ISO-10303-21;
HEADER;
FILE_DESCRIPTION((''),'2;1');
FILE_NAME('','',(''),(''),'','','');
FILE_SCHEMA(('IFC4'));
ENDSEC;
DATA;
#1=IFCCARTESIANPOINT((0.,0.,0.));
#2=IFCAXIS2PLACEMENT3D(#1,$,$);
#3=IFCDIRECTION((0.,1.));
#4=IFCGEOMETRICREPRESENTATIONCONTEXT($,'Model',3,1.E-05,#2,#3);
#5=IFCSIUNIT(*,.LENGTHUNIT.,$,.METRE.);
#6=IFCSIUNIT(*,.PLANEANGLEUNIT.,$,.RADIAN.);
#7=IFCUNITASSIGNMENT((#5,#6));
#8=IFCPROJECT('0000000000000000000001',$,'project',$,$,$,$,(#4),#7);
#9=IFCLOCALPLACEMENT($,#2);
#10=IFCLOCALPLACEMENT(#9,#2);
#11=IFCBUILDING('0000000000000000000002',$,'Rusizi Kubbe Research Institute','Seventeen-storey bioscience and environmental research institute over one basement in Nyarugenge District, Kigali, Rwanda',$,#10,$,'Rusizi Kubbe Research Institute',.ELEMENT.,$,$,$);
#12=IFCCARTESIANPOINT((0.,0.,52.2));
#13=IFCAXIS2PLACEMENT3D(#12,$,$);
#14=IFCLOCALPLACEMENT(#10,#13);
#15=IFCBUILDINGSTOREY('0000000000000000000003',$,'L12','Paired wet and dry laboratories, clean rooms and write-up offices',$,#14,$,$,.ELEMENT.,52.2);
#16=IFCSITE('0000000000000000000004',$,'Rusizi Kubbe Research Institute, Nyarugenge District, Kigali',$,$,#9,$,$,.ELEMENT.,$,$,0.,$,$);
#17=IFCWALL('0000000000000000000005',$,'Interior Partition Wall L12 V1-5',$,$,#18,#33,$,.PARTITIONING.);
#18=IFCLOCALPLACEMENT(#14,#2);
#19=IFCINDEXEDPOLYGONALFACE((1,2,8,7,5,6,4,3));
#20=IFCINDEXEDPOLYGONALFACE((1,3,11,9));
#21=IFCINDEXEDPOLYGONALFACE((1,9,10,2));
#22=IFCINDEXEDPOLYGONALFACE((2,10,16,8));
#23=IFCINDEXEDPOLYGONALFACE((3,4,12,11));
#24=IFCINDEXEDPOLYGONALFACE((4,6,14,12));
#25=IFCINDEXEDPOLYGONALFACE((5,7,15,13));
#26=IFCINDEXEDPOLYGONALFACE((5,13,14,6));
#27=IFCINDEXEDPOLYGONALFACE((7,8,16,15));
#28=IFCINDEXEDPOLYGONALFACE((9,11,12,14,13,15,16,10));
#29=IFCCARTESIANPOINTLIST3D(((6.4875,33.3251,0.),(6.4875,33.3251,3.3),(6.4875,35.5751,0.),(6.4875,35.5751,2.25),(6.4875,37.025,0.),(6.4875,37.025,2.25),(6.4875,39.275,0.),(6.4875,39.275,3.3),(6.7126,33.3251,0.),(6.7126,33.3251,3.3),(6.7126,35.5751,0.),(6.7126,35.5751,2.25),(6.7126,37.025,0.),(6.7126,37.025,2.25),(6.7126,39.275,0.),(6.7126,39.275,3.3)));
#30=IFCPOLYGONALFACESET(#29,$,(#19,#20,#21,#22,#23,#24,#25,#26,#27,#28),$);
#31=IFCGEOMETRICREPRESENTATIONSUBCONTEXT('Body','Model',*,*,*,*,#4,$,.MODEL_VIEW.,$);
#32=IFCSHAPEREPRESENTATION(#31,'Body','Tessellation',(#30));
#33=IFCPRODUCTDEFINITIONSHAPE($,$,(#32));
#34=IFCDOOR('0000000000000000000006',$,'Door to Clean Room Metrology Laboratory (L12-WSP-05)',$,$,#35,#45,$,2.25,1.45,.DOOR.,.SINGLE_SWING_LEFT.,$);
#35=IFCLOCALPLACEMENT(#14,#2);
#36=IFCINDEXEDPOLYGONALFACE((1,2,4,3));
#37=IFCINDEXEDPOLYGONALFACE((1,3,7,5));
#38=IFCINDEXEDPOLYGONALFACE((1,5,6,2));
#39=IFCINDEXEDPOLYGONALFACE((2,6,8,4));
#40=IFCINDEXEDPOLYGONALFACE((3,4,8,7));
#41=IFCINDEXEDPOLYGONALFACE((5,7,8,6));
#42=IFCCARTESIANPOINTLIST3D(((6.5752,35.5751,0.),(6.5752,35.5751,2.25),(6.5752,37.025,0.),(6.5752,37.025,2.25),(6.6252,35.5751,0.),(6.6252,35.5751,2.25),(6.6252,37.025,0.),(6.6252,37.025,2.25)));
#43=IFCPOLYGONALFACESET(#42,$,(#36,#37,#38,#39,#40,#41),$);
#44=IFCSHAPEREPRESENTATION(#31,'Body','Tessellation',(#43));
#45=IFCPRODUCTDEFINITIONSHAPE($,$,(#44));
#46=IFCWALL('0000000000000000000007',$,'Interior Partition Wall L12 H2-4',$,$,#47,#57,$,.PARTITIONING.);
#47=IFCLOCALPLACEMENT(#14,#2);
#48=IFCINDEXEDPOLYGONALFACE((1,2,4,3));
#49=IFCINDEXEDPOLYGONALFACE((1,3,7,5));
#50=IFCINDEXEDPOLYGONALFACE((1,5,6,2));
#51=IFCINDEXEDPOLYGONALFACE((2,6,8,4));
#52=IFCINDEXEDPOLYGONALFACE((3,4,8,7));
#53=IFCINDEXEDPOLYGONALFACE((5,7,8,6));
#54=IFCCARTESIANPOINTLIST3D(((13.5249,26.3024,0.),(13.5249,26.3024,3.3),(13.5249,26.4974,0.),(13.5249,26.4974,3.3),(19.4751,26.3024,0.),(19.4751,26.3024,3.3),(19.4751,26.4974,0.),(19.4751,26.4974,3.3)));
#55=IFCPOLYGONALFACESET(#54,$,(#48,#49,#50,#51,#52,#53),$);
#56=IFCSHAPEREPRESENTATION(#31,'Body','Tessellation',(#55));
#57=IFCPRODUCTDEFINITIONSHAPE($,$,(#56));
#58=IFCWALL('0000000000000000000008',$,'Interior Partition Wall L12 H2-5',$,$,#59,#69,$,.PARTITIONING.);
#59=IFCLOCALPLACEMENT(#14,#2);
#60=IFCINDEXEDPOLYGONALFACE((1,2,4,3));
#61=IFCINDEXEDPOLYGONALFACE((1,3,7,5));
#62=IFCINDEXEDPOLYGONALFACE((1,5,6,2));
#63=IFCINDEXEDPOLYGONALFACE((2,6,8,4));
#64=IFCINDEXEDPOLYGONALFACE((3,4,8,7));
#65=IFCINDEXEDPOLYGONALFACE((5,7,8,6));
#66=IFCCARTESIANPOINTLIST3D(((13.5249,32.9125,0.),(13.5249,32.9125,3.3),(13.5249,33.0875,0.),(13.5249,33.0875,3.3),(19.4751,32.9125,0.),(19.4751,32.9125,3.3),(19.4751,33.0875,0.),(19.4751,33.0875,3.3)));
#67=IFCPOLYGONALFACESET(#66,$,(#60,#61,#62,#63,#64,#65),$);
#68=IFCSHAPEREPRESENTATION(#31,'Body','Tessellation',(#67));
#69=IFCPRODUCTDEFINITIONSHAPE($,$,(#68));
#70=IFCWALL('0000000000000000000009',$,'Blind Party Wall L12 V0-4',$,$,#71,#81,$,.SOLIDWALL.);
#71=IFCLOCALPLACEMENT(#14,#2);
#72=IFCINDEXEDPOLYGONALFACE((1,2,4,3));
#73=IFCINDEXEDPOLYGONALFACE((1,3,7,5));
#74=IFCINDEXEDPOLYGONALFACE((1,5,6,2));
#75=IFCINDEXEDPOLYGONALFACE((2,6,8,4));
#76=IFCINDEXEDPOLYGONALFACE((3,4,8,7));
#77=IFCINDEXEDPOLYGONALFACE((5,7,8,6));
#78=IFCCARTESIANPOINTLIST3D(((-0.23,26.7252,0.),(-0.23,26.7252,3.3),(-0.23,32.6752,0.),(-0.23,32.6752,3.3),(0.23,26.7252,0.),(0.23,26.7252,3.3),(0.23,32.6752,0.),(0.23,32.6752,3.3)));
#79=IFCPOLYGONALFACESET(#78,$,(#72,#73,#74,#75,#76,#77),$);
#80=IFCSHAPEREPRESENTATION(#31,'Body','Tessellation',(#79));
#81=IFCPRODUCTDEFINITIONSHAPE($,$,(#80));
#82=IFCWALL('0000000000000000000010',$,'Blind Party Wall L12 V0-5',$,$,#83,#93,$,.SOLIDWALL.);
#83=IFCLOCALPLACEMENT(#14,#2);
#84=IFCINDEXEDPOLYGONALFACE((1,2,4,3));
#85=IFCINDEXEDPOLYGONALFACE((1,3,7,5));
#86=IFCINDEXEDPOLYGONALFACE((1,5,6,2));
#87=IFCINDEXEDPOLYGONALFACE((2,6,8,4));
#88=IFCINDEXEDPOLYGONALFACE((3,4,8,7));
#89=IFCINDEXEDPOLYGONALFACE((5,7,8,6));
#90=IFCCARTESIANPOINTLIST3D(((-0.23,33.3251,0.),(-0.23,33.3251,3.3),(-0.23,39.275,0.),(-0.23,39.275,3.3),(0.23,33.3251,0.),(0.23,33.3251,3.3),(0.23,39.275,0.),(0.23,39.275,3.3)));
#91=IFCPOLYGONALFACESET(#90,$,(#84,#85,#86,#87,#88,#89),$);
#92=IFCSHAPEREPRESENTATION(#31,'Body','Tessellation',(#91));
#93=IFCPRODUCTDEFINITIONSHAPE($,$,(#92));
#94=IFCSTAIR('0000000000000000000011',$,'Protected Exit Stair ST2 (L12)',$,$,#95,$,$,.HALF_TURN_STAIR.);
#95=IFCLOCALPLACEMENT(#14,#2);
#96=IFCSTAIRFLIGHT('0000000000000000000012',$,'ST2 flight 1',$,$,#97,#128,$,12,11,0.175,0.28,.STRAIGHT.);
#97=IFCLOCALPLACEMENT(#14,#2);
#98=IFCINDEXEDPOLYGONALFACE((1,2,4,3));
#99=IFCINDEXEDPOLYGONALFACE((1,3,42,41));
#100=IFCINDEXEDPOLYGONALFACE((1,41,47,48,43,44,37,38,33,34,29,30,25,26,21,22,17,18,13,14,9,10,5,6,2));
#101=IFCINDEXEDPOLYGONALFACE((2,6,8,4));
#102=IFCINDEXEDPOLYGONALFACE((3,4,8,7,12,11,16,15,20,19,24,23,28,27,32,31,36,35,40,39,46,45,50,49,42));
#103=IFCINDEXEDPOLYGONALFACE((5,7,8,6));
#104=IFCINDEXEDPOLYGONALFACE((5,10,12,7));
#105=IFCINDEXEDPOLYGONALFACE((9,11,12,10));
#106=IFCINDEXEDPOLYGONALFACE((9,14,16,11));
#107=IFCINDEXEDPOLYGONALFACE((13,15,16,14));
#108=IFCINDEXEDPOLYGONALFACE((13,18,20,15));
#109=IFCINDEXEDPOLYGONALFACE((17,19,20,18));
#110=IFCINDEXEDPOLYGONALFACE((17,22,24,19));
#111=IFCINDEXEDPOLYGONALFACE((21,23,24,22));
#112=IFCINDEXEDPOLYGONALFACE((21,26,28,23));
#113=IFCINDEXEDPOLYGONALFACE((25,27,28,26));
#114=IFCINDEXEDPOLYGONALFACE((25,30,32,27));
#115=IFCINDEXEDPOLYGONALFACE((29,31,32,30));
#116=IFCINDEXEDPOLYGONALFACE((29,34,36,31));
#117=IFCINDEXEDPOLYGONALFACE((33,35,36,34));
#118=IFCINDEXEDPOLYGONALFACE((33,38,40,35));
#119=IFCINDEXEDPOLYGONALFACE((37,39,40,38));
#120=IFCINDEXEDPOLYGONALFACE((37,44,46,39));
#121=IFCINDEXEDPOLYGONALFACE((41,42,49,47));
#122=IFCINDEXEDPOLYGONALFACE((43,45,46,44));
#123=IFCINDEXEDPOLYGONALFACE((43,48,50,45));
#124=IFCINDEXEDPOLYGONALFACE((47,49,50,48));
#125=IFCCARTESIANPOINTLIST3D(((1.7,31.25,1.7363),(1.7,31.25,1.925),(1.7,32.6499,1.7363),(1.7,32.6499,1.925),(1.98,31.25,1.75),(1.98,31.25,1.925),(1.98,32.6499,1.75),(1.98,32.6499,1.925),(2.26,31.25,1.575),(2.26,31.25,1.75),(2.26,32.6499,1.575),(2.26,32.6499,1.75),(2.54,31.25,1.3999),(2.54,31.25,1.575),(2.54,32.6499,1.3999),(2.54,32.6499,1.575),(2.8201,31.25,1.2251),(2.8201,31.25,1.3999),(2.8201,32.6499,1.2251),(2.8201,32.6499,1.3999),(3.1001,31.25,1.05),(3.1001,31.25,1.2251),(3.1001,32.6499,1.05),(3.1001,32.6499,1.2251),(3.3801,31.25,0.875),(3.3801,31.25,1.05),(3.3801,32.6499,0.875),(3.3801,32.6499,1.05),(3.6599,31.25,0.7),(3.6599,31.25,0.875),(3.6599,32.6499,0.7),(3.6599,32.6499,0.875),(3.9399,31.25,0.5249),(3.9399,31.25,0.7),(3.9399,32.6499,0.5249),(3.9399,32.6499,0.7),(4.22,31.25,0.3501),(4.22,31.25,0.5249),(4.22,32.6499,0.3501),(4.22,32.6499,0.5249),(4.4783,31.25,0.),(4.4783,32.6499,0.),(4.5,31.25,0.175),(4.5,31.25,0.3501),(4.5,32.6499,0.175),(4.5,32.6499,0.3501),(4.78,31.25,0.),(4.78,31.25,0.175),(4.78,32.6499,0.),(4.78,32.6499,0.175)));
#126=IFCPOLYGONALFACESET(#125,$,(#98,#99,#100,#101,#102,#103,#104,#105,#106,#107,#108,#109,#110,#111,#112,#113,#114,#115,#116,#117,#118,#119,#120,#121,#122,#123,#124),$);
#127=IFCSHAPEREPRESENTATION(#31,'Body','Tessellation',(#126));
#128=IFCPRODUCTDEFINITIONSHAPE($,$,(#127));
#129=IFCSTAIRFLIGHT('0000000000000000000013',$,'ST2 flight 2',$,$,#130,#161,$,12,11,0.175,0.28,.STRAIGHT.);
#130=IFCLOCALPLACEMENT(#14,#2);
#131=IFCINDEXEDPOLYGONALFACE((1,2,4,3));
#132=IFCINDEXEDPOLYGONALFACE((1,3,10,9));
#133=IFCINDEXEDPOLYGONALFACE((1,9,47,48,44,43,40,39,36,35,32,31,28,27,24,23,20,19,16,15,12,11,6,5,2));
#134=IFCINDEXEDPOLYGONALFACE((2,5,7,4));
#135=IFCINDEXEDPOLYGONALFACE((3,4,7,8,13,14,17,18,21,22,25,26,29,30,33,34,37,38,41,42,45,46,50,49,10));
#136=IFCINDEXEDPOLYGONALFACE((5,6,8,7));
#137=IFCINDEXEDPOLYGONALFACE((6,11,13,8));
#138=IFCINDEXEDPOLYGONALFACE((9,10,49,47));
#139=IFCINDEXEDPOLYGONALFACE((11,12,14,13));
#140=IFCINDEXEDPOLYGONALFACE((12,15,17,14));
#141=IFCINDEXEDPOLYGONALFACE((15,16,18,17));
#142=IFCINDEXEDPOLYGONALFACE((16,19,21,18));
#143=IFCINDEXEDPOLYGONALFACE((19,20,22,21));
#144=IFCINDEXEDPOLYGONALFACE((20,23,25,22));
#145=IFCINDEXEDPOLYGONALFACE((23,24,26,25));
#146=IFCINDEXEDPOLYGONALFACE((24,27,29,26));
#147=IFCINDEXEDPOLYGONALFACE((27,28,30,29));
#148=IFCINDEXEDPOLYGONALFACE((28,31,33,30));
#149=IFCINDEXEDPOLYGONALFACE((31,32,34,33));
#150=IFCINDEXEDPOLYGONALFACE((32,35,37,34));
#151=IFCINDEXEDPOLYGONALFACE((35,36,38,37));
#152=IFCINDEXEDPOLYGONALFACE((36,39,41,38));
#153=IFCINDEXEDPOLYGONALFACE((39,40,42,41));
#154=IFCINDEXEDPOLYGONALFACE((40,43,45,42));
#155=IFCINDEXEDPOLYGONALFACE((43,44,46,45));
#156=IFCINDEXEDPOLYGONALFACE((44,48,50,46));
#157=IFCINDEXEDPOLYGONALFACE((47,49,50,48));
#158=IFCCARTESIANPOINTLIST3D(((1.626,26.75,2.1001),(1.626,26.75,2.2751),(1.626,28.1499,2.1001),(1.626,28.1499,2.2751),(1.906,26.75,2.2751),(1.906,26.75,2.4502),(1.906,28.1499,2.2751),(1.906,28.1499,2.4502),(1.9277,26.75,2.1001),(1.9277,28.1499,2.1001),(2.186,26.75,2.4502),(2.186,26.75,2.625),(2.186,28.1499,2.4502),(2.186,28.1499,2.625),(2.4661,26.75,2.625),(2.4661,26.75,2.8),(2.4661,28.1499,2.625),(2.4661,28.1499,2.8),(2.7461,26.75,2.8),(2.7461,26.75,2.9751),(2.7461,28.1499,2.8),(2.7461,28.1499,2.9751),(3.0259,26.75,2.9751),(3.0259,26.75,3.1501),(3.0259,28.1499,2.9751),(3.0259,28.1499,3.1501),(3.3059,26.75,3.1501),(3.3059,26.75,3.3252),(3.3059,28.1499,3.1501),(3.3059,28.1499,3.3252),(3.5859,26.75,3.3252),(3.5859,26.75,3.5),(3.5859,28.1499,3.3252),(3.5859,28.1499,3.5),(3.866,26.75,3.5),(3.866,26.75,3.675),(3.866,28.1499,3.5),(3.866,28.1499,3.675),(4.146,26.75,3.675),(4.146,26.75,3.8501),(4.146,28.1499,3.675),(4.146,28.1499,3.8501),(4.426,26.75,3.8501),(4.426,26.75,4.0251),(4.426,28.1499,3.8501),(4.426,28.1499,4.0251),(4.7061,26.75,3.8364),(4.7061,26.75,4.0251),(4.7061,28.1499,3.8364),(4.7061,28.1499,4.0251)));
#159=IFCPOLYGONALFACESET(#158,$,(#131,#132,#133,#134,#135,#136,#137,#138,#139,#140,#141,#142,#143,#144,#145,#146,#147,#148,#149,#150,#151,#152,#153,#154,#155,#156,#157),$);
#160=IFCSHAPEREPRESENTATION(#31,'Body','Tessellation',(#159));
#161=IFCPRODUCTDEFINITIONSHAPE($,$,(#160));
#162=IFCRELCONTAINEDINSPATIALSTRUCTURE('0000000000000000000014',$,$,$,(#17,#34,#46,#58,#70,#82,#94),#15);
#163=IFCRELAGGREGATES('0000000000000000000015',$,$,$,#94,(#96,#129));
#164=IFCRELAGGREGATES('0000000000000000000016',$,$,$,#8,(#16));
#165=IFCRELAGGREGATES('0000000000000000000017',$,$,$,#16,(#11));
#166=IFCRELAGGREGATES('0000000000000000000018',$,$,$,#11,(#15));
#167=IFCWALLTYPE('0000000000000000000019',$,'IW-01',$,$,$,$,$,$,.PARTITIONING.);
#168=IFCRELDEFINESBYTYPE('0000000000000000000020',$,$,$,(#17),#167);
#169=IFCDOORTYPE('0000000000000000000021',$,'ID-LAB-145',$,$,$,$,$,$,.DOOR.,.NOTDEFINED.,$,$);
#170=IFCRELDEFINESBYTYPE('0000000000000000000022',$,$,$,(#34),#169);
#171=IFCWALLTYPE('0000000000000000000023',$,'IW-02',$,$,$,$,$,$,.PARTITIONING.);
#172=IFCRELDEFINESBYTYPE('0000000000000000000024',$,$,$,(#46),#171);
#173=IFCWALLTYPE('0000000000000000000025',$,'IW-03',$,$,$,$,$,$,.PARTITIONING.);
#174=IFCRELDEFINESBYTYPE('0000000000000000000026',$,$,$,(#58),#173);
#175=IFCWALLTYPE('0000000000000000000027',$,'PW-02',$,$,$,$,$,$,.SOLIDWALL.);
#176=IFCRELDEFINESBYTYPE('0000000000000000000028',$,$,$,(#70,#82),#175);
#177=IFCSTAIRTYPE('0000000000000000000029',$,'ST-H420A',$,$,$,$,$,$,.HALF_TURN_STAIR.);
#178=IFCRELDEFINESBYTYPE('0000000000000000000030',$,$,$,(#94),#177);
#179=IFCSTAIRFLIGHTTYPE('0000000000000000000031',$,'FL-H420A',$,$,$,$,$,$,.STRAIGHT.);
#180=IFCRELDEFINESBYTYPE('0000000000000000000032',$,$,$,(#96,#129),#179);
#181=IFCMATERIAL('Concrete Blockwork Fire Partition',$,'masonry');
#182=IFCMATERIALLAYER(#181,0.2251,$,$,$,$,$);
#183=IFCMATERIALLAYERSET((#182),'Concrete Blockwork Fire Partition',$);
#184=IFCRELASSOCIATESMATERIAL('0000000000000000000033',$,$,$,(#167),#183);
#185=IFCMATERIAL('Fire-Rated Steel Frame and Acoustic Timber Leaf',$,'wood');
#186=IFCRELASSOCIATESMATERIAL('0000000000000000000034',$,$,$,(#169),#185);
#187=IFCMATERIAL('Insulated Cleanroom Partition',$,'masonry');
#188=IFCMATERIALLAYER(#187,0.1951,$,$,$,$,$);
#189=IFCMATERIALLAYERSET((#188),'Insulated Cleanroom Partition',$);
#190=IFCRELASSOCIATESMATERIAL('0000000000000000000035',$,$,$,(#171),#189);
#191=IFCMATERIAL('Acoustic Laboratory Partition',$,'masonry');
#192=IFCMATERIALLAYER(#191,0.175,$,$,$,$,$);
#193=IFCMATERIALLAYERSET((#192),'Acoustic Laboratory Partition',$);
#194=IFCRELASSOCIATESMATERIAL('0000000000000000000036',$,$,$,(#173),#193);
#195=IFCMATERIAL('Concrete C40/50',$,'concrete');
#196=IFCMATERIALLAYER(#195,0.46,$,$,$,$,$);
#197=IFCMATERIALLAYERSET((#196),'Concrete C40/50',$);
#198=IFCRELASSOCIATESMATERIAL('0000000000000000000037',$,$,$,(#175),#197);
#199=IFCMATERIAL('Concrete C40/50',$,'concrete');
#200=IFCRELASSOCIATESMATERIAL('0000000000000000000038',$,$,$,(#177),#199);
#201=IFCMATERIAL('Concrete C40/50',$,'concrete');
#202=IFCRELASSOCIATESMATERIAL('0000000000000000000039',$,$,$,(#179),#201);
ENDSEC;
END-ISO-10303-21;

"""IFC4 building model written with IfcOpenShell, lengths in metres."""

from ifc_helpers import new_model, si_unit, direction, frame, frame_2d, origin, place, context, subcontext, project, spatial, polyline, rectangle, outline, extrude, material, layer, layer_set, type_object, element, fill, aggregate, save


model = new_model("IFC4")

# Units and contexts
model_context = context("Model", 3, precision=1e-05, world=origin(), true_north=direction((0.0, 1.0)))
body_context = subcontext(model_context, "Body", "Model", "MODEL_VIEW")
ifc_project = project(units=[si_unit("LENGTHUNIT", "METRE"), si_unit("PLANEANGLEUNIT", "RADIAN")], contexts=[model_context])

# Site, building, storey
site_placement = place(None, origin())
site = spatial("IfcSite", under=ifc_project, at=site_placement, Name="Rusizi Kubbe Research Institute, Nyarugenge District, Kigali", CompositionType="ELEMENT", RefElevation=0.0)
building_placement = place(site_placement, origin())
building = spatial("IfcBuilding", under=site, at=building_placement, Name="Rusizi Kubbe Research Institute", Description="Seventeen-storey bioscience and environmental research institute over one basement in Nyarugenge District, Kigali, Rwanda", LongName="Rusizi Kubbe Research Institute", CompositionType="ELEMENT")
storey_placement = place(building_placement, frame((0.0, 0.0, 52.2)))
storey = spatial("IfcBuildingStorey", under=building, at=storey_placement, Name="L12", Description="Paired wet and dry laboratories, clean rooms and write-up offices", CompositionType="ELEMENT", Elevation=52.2)

# Wall, opening, door
ifc_material_1 = material(Name="Concrete Blockwork Fire Partition", Category="masonry")
ifc_layer_1 = layer(ifc_material_1, 0.2251)
ifc_layer_set_1 = layer_set([ifc_layer_1], Name="Concrete Blockwork Fire Partition")
wall_type_1 = type_object("IfcWallType", Name="IW-01", PredefinedType="PARTITIONING", material=ifc_layer_set_1)
wall_1_placement = place(storey_placement, frame((6.6001, 33.325, 0.0), z_axis=(0.0, 0.0, 1.0), x_axis=(0.0, 1.0, 0.0)))
wall_1 = element("IfcWall", 1, at=wall_1_placement, inside=storey, type_object=wall_type_1, Name="Interior Partition Wall L12 V1-5", PredefinedType="PARTITIONING", context=body_context, shape_type="SweptSolid", body=[
    extrude(rectangle(XDim=5.95, YDim=0.2251, at=frame_2d((2.9751, 0.0))), origin(), (0.0, 0.0, 1.0), 3.3),
])
opening_1_placement = place(wall_1_placement, frame((2.25, 0.0, 0.0)))
opening_1 = element("IfcOpeningElement", 2, at=opening_1_placement, cuts=wall_1, PredefinedType="OPENING", context=body_context, shape_type="SweptSolid", body=[
    extrude(rectangle(XDim=1.45, YDim=2.25, at=frame_2d((0.7251, 1.125))), frame((0.0, 0.1226, 0.0), z_axis=(0.0, -1.0, 0.0), x_axis=(1.0, 0.0, 0.0)), (0.0, 0.0, 1.0), 0.2451),
])
ifc_material_2 = material(Name="Fire-Rated Steel Frame and Acoustic Timber Leaf", Category="wood")
door_type_1 = type_object("IfcDoorType", Name="ID-LAB-145", OperationType="NOTDEFINED", PredefinedType="DOOR", material=ifc_material_2)
door_1_placement = place(opening_1_placement, origin())
door_1 = element("IfcDoor", 3, at=door_1_placement, inside=storey, type_object=door_type_1, Name="Door to Clean Room Metrology Laboratory (L12-WSP-05)", OperationType="SINGLE_SWING_LEFT", OverallHeight=2.25, OverallWidth=1.45, PredefinedType="DOOR", context=body_context, shape_type="SweptSolid", body=[
    extrude(rectangle(XDim=1.45, YDim=2.25, at=frame_2d((0.7251, 1.125))), frame((0.0, 0.0249, 0.0), z_axis=(0.0, -1.0, 0.0), x_axis=(1.0, 0.0, 0.0)), (0.0, 0.0, 1.0), 0.05),
])
fill(opening_1, door_1)

# Walls
ifc_material_3 = material(Name="Insulated Cleanroom Partition", Category="masonry")
ifc_layer_2 = layer(ifc_material_3, 0.1951)
ifc_layer_set_2 = layer_set([ifc_layer_2], Name="Insulated Cleanroom Partition")
wall_type_2 = type_object("IfcWallType", Name="IW-02", PredefinedType="PARTITIONING", material=ifc_layer_set_2)
wall_2_placement = place(storey_placement, frame((13.5249, 26.3999, 0.0), z_axis=(0.0, 0.0, 1.0), x_axis=(1.0, 0.0, 0.0)))
element("IfcWall", 4, at=wall_2_placement, inside=storey, type_object=wall_type_2, Name="Interior Partition Wall L12 H2-4", PredefinedType="PARTITIONING", context=body_context, shape_type="SweptSolid", body=[
    extrude(rectangle(XDim=5.9502, YDim=0.1951, at=frame_2d((2.9751, 0.0))), origin(), (0.0, 0.0, 1.0), 3.3),
])
ifc_material_4 = material(Name="Acoustic Laboratory Partition", Category="masonry")
ifc_layer_3 = layer(ifc_material_4, 0.175)
ifc_layer_set_3 = layer_set([ifc_layer_3], Name="Acoustic Laboratory Partition")
wall_type_3 = type_object("IfcWallType", Name="IW-03", PredefinedType="PARTITIONING", material=ifc_layer_set_3)
wall_3_placement = place(storey_placement, frame((13.5249, 33.0, 0.0), z_axis=(0.0, 0.0, 1.0), x_axis=(1.0, 0.0, 0.0)))
element("IfcWall", 5, at=wall_3_placement, inside=storey, type_object=wall_type_3, Name="Interior Partition Wall L12 H2-5", PredefinedType="PARTITIONING", context=body_context, shape_type="SweptSolid", body=[
    extrude(rectangle(XDim=5.9502, YDim=0.175, at=frame_2d((2.9751, 0.0))), origin(), (0.0, 0.0, 1.0), 3.3),
])
ifc_material_5 = material(Name="Concrete C40/50", Category="concrete")
ifc_layer_4 = layer(ifc_material_5, 0.46)
ifc_layer_set_4 = layer_set([ifc_layer_4], Name="Concrete C40/50")
wall_type_4 = type_object("IfcWallType", Name="PW-02", PredefinedType="SOLIDWALL", material=ifc_layer_set_4)
for number, where, z_axis, x_axis, name in (
    (6, (0.0, 26.7251, 0.0), (0.0, 0.0, 1.0), (0.0, 1.0, 0.0), "Blind Party Wall L12 V0-4"),
    (7, (0.0, 33.325, 0.0), (0.0, 0.0, 1.0), (0.0, 1.0, 0.0), "Blind Party Wall L12 V0-5"),
):
    element("IfcWall", number, at=place(storey_placement, frame(where, z_axis=z_axis, x_axis=x_axis)), inside=storey, type_object=wall_type_4, Name=name, PredefinedType="SOLIDWALL", context=body_context, shape_type="SweptSolid", body=[
        extrude(rectangle(XDim=5.95, YDim=0.46, at=frame_2d((2.9751, 0.0))), origin(), (0.0, 0.0, 1.0), 3.3),
    ])

# Stair, stair flights
ifc_material_6 = material(Name="Concrete C40/50", Category="concrete")
stair_type = type_object("IfcStairType", Name="ST-H420A", PredefinedType="HALF_TURN_STAIR", material=ifc_material_6)
stair_placement = place(storey_placement, origin())
stair = element("IfcStair", 8, at=stair_placement, inside=storey, type_object=stair_type, Name="Protected Exit Stair ST2 (L12)", PredefinedType="HALF_TURN_STAIR")
ifc_material_7 = material(Name="Concrete C40/50", Category="concrete")
stair_flight_type = type_object("IfcStairFlightType", Name="FL-H420A", PredefinedType="STRAIGHT", material=ifc_material_7)
stair_flight_1_placement = place(storey_placement, frame((4.78, 31.95, 0.0), z_axis=(0.0, 0.0, 1.0), x_axis=(-1.0, 0.0, 0.0)))
stair_flight_1 = element("IfcStairFlight", 9, at=stair_flight_1_placement, type_object=stair_flight_type, Name="ST2 flight 1", NumberOfRisers=12, NumberOfTreads=11, PredefinedType="STRAIGHT", RiserHeight=0.175, TreadLength=0.28, context=body_context, shape_type="SweptSolid", body=[
    extrude(outline(polyline([(0.0, 0.0), (0.0, 0.175), (0.28, 0.175), (0.28, 0.3501), (0.5601, 0.3501), (0.5601, 0.5249), (0.8401, 0.5249), (0.8401, 0.7), (1.1201, 0.7), (1.1201, 0.875), (1.3999, 0.875), (1.3999, 1.05), (1.6799, 1.05), (1.6799, 1.2251), (1.96, 1.2251), (1.96, 1.3999), (2.24, 1.3999), (2.24, 1.575), (2.52, 1.575), (2.52, 1.75), (2.8, 1.75), (2.8, 1.925), (3.0801, 1.925), (3.0801, 2.1001), (3.0801, 1.7363), (0.3018, 0.0), (0.0, 0.0)])), frame((0.0, 0.7, 0.0), z_axis=(0.0, -1.0, 0.0), x_axis=(1.0, 0.0, 0.0)), (0.0, 0.0, 1.0), 1.3999),
])
stair_flight_2_placement = place(storey_placement, frame((1.626, 27.45, 2.1001), z_axis=(0.0, 0.0, 1.0), x_axis=(1.0, 0.0, 0.0)))
stair_flight_2 = element("IfcStairFlight", 10, at=stair_flight_2_placement, type_object=stair_flight_type, Name="ST2 flight 2", NumberOfRisers=12, NumberOfTreads=11, PredefinedType="STRAIGHT", RiserHeight=0.175, TreadLength=0.28, context=body_context, shape_type="SweptSolid", body=[
    extrude(outline(polyline([(0.0, 0.0), (0.0, 0.175), (0.28, 0.175), (0.28, 0.3501), (0.5601, 0.3501), (0.5601, 0.5249), (0.8401, 0.5249), (0.8401, 0.7), (1.1201, 0.7), (1.1201, 0.875), (1.3999, 0.875), (1.3999, 1.05), (1.6799, 1.05), (1.6799, 1.2251), (1.96, 1.2251), (1.96, 1.3999), (2.24, 1.3999), (2.24, 1.575), (2.52, 1.575), (2.52, 1.75), (2.8, 1.75), (2.8, 1.925), (3.0801, 1.925), (3.0801, 2.1001), (3.0801, 1.7363), (0.3018, 0.0), (0.0, 0.0)])), frame((0.0, 0.7, 0.0), z_axis=(0.0, -1.0, 0.0), x_axis=(1.0, 0.0, 0.0)), (0.0, 0.0, 1.0), 1.3999),
])
aggregate(stair, [stair_flight_1, stair_flight_2])

save(model, "model.ifc")
